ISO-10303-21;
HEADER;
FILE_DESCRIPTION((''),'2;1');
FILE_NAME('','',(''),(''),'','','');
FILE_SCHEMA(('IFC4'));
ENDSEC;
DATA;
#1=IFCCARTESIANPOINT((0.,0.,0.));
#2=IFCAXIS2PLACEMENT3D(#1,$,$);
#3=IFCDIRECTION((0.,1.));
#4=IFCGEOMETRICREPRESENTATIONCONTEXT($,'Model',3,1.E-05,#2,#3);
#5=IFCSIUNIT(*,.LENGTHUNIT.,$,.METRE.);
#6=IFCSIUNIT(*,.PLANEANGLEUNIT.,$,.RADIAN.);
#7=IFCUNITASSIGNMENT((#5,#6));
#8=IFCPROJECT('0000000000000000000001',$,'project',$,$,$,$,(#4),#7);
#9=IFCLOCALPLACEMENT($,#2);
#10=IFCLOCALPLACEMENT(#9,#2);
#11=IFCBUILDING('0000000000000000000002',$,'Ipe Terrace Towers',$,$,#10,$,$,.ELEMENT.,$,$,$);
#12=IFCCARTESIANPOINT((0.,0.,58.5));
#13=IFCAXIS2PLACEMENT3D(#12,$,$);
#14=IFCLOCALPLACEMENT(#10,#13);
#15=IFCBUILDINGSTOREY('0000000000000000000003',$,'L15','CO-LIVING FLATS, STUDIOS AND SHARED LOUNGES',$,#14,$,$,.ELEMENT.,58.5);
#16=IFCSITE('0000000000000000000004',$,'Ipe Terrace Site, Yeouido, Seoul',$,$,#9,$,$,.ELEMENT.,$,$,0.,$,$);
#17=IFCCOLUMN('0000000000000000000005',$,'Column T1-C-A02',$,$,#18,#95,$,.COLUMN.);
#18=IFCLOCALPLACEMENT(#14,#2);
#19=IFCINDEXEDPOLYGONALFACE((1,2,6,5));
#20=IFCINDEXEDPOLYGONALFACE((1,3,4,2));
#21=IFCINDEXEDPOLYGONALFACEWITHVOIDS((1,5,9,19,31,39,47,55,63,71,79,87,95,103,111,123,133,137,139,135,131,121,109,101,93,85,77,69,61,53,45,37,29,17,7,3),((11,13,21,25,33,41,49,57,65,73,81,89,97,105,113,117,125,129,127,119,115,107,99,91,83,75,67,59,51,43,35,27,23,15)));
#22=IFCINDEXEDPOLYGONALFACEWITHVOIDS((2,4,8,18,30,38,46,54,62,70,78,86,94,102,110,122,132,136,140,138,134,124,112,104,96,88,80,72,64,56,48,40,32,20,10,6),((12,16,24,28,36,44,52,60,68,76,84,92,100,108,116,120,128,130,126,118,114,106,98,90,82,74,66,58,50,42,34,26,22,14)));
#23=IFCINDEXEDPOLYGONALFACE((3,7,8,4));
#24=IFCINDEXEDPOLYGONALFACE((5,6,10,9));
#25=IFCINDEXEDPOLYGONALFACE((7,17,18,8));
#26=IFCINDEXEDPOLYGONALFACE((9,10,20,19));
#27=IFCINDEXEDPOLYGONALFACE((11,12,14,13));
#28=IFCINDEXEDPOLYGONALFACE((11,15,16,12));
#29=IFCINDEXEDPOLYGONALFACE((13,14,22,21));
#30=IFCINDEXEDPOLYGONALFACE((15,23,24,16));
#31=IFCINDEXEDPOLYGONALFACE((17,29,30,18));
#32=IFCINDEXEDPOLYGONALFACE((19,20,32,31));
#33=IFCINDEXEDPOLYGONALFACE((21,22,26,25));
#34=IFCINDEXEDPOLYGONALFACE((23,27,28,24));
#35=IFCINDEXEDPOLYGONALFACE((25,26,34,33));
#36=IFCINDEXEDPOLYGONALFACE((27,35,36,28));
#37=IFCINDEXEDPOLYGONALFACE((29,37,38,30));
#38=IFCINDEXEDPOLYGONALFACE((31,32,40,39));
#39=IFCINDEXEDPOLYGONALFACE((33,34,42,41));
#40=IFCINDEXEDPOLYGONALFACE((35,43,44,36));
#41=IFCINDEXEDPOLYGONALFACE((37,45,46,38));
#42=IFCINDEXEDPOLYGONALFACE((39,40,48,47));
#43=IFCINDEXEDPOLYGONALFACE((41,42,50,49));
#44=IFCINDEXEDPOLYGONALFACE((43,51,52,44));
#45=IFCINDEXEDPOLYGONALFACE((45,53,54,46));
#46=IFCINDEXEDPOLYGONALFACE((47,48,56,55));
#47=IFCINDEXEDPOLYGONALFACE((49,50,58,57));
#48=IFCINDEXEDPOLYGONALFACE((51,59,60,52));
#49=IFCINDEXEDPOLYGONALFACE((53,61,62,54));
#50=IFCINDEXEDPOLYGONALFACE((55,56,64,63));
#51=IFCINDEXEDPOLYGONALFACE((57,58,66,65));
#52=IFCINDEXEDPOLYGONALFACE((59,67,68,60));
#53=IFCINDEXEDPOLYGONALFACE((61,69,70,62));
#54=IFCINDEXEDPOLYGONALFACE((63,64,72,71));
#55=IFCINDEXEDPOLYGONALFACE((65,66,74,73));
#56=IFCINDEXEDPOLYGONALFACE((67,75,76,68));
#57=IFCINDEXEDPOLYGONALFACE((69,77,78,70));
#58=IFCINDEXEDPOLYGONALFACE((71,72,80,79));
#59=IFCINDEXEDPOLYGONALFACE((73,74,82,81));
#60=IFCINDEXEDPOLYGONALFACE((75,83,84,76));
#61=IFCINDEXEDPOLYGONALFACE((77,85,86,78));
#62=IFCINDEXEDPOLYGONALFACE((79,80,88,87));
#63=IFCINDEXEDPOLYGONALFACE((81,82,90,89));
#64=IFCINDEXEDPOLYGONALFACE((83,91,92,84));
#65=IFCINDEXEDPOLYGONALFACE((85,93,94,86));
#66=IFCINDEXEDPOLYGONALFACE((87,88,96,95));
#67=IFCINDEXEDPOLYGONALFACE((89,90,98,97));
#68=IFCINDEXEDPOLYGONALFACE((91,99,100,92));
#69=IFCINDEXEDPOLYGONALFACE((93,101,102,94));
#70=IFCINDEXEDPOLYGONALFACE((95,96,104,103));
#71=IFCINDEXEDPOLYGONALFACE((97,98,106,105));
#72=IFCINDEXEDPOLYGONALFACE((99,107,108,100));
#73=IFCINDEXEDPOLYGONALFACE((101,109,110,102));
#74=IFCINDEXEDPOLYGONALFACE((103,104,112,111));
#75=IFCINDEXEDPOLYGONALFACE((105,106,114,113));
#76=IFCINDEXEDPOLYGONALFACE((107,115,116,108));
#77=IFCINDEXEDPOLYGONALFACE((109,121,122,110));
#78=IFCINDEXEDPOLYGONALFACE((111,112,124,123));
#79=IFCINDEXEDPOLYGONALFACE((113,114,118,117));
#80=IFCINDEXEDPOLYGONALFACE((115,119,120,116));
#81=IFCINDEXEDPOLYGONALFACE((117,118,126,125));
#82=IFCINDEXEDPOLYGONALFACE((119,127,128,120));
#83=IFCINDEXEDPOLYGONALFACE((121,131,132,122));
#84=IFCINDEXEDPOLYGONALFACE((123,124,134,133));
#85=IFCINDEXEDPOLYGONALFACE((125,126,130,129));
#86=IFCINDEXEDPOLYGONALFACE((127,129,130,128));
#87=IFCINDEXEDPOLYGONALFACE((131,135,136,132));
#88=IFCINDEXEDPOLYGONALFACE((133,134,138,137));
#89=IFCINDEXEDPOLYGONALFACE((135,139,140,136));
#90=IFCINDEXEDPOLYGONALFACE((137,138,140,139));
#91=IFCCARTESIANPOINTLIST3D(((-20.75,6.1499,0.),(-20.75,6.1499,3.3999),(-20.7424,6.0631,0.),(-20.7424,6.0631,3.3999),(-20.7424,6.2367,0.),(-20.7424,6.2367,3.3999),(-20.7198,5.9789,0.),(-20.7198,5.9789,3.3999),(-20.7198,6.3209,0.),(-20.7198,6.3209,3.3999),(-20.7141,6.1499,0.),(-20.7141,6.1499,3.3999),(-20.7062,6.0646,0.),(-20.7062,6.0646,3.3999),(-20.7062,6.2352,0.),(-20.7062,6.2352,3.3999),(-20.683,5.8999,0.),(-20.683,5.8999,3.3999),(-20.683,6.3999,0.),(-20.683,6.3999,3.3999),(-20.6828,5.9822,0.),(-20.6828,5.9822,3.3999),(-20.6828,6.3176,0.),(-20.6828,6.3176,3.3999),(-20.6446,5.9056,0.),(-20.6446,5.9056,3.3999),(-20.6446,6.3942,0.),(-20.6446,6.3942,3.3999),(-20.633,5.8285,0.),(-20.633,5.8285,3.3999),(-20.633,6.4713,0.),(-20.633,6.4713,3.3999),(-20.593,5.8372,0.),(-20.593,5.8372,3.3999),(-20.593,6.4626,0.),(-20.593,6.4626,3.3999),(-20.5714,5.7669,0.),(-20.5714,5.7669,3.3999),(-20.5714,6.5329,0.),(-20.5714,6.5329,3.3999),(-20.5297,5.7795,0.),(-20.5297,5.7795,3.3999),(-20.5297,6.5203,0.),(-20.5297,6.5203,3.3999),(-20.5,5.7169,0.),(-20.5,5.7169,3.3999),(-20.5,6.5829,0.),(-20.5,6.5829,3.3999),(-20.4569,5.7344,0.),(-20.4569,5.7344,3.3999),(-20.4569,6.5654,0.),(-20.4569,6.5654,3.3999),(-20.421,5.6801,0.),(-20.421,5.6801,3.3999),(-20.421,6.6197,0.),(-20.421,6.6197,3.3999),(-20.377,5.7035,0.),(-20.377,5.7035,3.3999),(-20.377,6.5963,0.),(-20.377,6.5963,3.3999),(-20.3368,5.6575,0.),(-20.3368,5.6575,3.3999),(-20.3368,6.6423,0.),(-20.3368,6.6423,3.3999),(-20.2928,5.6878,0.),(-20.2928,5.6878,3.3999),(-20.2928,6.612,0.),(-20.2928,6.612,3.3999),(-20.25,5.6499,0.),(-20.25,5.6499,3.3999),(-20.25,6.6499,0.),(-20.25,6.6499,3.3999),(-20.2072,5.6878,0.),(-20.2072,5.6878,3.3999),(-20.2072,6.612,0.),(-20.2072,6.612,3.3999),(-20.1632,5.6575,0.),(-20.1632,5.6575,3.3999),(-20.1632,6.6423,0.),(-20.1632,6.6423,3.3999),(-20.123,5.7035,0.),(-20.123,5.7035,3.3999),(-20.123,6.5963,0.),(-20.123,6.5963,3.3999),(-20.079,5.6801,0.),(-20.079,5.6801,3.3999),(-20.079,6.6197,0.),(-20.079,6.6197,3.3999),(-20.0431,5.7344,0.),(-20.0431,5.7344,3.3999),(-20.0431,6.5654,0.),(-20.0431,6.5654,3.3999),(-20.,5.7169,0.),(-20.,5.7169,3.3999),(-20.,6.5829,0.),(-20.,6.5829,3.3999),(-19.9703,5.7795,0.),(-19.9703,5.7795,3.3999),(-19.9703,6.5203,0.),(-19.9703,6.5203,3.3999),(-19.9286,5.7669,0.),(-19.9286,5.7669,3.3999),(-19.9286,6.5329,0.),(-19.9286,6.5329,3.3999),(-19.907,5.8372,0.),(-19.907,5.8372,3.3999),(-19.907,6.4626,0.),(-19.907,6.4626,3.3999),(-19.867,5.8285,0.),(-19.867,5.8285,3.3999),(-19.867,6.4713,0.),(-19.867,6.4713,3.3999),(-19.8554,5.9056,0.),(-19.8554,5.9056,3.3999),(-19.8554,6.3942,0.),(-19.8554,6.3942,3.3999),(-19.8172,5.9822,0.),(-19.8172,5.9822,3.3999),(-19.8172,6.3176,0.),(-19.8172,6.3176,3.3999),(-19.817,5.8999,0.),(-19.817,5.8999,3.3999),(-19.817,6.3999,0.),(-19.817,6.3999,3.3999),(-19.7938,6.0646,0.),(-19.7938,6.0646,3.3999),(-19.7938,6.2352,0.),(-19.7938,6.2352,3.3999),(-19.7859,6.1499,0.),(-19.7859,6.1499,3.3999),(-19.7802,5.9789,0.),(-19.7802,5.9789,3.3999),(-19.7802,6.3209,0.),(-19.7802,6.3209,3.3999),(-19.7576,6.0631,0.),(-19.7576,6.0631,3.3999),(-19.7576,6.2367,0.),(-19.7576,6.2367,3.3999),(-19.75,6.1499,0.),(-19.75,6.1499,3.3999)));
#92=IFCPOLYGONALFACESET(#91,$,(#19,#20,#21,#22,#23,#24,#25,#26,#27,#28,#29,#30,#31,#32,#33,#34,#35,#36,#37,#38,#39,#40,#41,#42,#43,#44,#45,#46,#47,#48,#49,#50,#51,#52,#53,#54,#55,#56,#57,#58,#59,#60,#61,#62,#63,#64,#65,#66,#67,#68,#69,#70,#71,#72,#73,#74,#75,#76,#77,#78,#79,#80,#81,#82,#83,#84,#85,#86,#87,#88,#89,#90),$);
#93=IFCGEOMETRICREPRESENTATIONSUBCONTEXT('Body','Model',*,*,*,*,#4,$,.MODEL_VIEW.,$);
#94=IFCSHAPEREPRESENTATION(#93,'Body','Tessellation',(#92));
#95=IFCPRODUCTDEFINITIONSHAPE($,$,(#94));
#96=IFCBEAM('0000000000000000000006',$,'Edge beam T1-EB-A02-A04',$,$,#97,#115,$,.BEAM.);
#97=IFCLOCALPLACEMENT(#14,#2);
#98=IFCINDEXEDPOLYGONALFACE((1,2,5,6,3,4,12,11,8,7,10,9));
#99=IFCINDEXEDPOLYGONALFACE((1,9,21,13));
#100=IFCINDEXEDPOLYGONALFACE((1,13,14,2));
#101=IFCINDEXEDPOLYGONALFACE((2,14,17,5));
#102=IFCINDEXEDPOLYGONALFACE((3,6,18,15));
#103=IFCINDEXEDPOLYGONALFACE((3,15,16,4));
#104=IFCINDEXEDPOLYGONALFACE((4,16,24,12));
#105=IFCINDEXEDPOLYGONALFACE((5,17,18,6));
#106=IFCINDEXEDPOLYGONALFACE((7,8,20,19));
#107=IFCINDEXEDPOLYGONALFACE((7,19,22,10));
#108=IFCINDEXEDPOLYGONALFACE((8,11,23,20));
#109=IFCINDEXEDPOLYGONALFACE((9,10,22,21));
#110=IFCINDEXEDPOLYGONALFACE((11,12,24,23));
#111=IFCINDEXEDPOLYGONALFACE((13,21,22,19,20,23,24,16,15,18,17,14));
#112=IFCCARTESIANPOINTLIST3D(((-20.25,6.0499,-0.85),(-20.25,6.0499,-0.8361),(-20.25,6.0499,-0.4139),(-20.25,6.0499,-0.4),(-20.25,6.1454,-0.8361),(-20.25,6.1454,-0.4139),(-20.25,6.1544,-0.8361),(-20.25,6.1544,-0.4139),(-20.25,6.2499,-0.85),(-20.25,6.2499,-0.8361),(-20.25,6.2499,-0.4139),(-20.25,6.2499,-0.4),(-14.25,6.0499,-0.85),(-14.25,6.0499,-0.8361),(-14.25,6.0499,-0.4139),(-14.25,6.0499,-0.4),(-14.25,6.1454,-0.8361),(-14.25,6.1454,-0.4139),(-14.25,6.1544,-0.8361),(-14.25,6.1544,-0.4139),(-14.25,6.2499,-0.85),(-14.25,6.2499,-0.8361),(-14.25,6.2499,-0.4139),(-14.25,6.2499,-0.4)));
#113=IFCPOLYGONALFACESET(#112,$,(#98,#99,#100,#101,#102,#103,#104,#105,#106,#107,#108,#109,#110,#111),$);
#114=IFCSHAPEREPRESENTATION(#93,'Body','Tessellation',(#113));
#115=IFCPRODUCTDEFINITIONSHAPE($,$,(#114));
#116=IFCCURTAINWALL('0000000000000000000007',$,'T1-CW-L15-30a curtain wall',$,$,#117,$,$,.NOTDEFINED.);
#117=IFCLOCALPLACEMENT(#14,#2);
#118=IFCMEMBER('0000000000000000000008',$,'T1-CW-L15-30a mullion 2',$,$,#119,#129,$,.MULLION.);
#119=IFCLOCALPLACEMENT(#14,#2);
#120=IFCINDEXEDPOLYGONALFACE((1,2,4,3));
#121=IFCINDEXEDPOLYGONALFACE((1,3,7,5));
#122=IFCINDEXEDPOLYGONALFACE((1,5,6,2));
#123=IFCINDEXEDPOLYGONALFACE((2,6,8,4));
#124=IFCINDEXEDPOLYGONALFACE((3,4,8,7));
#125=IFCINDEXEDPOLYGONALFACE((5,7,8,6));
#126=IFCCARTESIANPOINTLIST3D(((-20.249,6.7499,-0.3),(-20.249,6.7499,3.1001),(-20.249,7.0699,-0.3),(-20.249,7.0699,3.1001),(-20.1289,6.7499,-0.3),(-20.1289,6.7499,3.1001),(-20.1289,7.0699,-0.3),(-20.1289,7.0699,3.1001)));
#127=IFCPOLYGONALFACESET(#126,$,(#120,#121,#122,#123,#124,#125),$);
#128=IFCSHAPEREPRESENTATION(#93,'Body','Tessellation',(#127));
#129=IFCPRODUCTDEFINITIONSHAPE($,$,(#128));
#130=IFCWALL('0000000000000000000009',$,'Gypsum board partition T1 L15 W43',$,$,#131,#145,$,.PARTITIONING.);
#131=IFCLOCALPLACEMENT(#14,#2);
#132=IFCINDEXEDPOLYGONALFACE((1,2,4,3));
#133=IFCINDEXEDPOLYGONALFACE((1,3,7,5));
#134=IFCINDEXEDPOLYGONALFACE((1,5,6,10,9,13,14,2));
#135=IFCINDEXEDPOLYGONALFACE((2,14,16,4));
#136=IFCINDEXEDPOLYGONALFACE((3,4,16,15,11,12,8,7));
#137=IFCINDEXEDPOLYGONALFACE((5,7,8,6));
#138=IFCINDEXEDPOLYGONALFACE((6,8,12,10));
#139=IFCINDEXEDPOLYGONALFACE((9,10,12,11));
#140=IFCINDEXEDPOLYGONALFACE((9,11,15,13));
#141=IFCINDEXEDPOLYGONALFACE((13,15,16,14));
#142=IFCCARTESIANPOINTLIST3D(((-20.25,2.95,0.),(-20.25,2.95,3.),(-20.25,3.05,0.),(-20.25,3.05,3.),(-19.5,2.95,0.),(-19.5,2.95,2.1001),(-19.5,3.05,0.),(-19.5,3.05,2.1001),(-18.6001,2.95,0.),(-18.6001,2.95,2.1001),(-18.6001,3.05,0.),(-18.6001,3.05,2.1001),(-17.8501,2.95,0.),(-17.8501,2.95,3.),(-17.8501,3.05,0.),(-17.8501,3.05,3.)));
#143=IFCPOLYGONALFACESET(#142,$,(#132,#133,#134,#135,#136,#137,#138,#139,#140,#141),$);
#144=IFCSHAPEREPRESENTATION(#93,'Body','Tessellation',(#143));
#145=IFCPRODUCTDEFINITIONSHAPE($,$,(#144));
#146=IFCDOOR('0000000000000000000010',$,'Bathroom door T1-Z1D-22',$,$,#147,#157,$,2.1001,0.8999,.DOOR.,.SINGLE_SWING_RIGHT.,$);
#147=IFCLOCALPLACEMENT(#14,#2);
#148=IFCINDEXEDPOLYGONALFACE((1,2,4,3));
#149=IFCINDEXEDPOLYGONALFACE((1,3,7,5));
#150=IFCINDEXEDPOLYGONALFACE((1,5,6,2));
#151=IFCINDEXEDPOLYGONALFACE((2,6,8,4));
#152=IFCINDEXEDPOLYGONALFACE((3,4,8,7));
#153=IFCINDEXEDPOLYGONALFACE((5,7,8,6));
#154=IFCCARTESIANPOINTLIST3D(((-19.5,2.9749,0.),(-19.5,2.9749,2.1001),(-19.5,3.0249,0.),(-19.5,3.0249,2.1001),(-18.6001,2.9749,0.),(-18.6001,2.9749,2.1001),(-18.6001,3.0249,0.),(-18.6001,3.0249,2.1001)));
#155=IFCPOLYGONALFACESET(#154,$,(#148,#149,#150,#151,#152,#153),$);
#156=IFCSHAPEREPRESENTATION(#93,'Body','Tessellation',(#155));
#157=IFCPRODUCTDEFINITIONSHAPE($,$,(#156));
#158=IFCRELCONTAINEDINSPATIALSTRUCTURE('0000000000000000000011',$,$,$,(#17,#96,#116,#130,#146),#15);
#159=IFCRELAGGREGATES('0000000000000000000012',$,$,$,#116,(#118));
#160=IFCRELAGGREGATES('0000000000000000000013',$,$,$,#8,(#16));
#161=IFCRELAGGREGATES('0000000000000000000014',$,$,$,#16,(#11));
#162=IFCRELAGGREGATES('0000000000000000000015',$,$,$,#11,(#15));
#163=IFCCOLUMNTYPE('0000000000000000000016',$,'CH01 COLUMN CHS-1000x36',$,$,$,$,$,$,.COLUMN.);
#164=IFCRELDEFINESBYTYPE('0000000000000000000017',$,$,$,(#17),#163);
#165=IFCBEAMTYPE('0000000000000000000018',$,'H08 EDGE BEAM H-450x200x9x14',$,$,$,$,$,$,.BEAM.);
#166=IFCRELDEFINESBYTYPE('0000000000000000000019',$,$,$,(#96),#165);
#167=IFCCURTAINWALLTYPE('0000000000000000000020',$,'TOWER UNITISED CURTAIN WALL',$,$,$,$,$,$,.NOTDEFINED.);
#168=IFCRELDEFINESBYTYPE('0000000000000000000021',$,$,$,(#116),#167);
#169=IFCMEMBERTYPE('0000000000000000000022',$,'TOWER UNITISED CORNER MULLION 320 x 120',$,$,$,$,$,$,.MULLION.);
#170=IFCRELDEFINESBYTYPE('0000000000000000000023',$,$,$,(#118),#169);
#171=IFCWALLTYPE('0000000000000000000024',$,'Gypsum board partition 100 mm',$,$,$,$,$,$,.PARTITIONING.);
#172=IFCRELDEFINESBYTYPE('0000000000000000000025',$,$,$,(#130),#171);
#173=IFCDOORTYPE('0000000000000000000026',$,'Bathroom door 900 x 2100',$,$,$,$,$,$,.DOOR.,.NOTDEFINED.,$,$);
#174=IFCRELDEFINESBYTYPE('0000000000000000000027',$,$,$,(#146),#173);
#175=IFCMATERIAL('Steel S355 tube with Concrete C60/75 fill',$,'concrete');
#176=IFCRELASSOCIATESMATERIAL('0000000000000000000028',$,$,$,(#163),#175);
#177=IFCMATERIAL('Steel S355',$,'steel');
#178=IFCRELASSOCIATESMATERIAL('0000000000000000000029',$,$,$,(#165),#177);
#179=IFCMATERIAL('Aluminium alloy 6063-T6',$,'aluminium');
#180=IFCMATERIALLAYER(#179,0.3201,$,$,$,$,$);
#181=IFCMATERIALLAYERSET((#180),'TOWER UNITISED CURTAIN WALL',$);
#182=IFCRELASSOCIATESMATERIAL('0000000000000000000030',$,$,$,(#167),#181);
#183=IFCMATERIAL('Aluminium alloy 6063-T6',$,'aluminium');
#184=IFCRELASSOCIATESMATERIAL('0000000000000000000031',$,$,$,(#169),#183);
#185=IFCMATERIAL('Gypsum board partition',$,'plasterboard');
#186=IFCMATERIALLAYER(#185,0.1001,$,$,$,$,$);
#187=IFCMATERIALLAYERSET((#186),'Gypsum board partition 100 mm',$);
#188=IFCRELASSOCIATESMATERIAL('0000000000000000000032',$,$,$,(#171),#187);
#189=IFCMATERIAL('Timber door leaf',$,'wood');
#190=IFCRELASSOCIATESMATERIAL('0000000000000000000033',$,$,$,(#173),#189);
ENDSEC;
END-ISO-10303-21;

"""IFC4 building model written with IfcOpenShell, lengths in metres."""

from ifc_helpers import new_model, si_unit, direction, frame, frame_2d, origin, origin_2d, place, context, subcontext, project, spatial, rectangle, hollow_circle, i_section, extrude, material, layer, layer_set, material_profile, profile_set, type_object, element, fill, aggregate, save


model = new_model("IFC4")

# Units and contexts
model_context = context("Model", 3, precision=1e-05, world=origin(), true_north=direction((0.0, 1.0)))
body_context = subcontext(model_context, "Body", "Model", "MODEL_VIEW")
ifc_project = project(units=[si_unit("LENGTHUNIT", "METRE"), si_unit("PLANEANGLEUNIT", "RADIAN")], contexts=[model_context])

# Site, building, storey
site_placement = place(None, origin())
site = spatial("IfcSite", under=ifc_project, at=site_placement, Name="Ipe Terrace Site, Yeouido, Seoul", CompositionType="ELEMENT", RefElevation=0.0)
building_placement = place(site_placement, origin())
building = spatial("IfcBuilding", under=site, at=building_placement, Name="Ipe Terrace Towers", CompositionType="ELEMENT")
storey_placement = place(building_placement, frame((0.0, 0.0, 58.5)))
storey = spatial("IfcBuildingStorey", under=building, at=storey_placement, Name="L15", Description="CO-LIVING FLATS, STUDIOS AND SHARED LOUNGES", CompositionType="ELEMENT", Elevation=58.5)

# Column
ifc_material_1 = material(Name="Steel S355 tube with Concrete C60/75 fill", Category="concrete")
ifc_material_profile_1 = material_profile(ifc_material_1, hollow_circle(Radius=0.5, WallThickness=0.0359, at=origin_2d()), Name="CHS-1000x36")
ifc_profile_set_1 = profile_set([ifc_material_profile_1], Name="Steel S355 tube with Concrete C60/75 fill")
column_type = type_object("IfcColumnType", Name="CH01 COLUMN CHS-1000x36", PredefinedType="COLUMN", material=ifc_profile_set_1)
column_placement = place(storey_placement, frame((-20.25, 6.1499, 0.0), z_axis=(0.0, 0.0, 1.0), x_axis=(1.0, 0.0, 0.0)))
element("IfcColumn", 1, at=column_placement, inside=storey, type_object=column_type, Name="Column T1-C-A02", PredefinedType="COLUMN", context=body_context, shape_type="SweptSolid", body=[
    extrude(hollow_circle(Radius=0.5, WallThickness=0.0359, at=origin_2d()), origin(), (0.0, 0.0, 1.0), 3.3999),
])

# Beam
ifc_material_2 = material(Name="Steel S355", Category="steel")
ifc_material_profile_2 = material_profile(ifc_material_2, i_section(OverallWidth=0.2, OverallDepth=0.45, WebThickness=0.009, FlangeThickness=0.0139, at=origin_2d()), Name="H-450x200x9x14")
ifc_profile_set_2 = profile_set([ifc_material_profile_2], Name="Steel S355")
beam_type = type_object("IfcBeamType", Name="H08 EDGE BEAM H-450x200x9x14", PredefinedType="BEAM", material=ifc_profile_set_2)
beam_placement = place(storey_placement, frame((-20.25, 6.1499, -0.625), z_axis=(1.0, 0.0, 0.0), x_axis=(0.0, 1.0, 0.0)))
element("IfcBeam", 2, at=beam_placement, inside=storey, type_object=beam_type, Name="Edge beam T1-EB-A02-A04", PredefinedType="BEAM", context=body_context, shape_type="SweptSolid", body=[
    extrude(i_section(OverallWidth=0.2, OverallDepth=0.45, WebThickness=0.009, FlangeThickness=0.0139, at=origin_2d()), origin(), (0.0, 0.0, 1.0), 6.0),
])

# Curtain wall, member
ifc_material_3 = material(Name="Aluminium alloy 6063-T6", Category="aluminium")
ifc_layer_1 = layer(ifc_material_3, 0.3201)
ifc_layer_set_1 = layer_set([ifc_layer_1], Name="TOWER UNITISED CURTAIN WALL")
curtain_wall_type = type_object("IfcCurtainWallType", Name="TOWER UNITISED CURTAIN WALL", PredefinedType="NOTDEFINED", material=ifc_layer_set_1)
curtain_wall_placement = place(storey_placement, origin())
curtain_wall = element("IfcCurtainWall", 3, at=curtain_wall_placement, inside=storey, type_object=curtain_wall_type, Name="T1-CW-L15-30a curtain wall", PredefinedType="NOTDEFINED")
ifc_material_4 = material(Name="Aluminium alloy 6063-T6", Category="aluminium")
ifc_material_profile_3 = material_profile(ifc_material_4, rectangle(XDim=0.3201, YDim=0.1201, at=origin_2d()), Name="TOWER UNITISED CORNER MULLION 320 x 120")
ifc_profile_set_3 = profile_set([ifc_material_profile_3], Name="Aluminium alloy 6063-T6")
member_type = type_object("IfcMemberType", Name="TOWER UNITISED CORNER MULLION 320 x 120", PredefinedType="MULLION", material=ifc_profile_set_3)
member_placement = place(storey_placement, frame((-20.189, 6.9099, -0.3), z_axis=(0.0, 0.0, 1.0), x_axis=(0.0, 1.0, 0.0)))
member = element("IfcMember", 4, at=member_placement, type_object=member_type, Name="T1-CW-L15-30a mullion 2", PredefinedType="MULLION", context=body_context, shape_type="SweptSolid", body=[
    extrude(rectangle(XDim=0.3201, YDim=0.1201, at=origin_2d()), origin(), (0.0, 0.0, 1.0), 3.4001),
])
aggregate(curtain_wall, [member])

# Wall, opening, door
ifc_material_5 = material(Name="Gypsum board partition", Category="plasterboard")
ifc_layer_2 = layer(ifc_material_5, 0.1001)
ifc_layer_set_2 = layer_set([ifc_layer_2], Name="Gypsum board partition 100 mm")
wall_type_1 = type_object("IfcWallType", Name="Gypsum board partition 100 mm", PredefinedType="PARTITIONING", material=ifc_layer_set_2)
wall_1_placement = place(storey_placement, frame((-20.25, 3.0, 0.0), z_axis=(0.0, 0.0, 1.0), x_axis=(1.0, 0.0, 0.0)))
wall_1 = element("IfcWall", 5, at=wall_1_placement, inside=storey, type_object=wall_type_1, Name="Gypsum board partition T1 L15 W43", PredefinedType="PARTITIONING", context=body_context, shape_type="SweptSolid", body=[
    extrude(rectangle(XDim=2.3999, YDim=0.1001, at=frame_2d((1.2, 0.0))), origin(), (0.0, 0.0, 1.0), 3.0),
])
opening_1_placement = place(wall_1_placement, frame((0.75, 0.0, 0.0)))
opening_1 = element("IfcOpeningElement", 6, at=opening_1_placement, cuts=wall_1, PredefinedType="OPENING", context=body_context, shape_type="SweptSolid", body=[
    extrude(rectangle(XDim=0.8999, YDim=2.1001, at=frame_2d((0.45, 1.05))), frame((0.0, 0.0601, 0.0), z_axis=(0.0, -1.0, 0.0), x_axis=(1.0, 0.0, 0.0)), (0.0, 0.0, 1.0), 0.1201),
])
ifc_material_6 = material(Name="Timber door leaf", Category="wood")
door_type_1 = type_object("IfcDoorType", Name="Bathroom door 900 x 2100", OperationType="NOTDEFINED", PredefinedType="DOOR", material=ifc_material_6)
door_1_placement = place(opening_1_placement, origin())
door_1 = element("IfcDoor", 7, at=door_1_placement, inside=storey, type_object=door_type_1, Name="Bathroom door T1-Z1D-22", OperationType="SINGLE_SWING_RIGHT", OverallHeight=2.1001, OverallWidth=0.8999, PredefinedType="DOOR", context=body_context, shape_type="SweptSolid", body=[
    extrude(rectangle(XDim=0.8999, YDim=2.1001, at=frame_2d((0.45, 1.05))), frame((0.0, 0.0249, 0.0), z_axis=(0.0, -1.0, 0.0), x_axis=(1.0, 0.0, 0.0)), (0.0, 0.0, 1.0), 0.05),
])
fill(opening_1, door_1)

save(model, "model.ifc")
